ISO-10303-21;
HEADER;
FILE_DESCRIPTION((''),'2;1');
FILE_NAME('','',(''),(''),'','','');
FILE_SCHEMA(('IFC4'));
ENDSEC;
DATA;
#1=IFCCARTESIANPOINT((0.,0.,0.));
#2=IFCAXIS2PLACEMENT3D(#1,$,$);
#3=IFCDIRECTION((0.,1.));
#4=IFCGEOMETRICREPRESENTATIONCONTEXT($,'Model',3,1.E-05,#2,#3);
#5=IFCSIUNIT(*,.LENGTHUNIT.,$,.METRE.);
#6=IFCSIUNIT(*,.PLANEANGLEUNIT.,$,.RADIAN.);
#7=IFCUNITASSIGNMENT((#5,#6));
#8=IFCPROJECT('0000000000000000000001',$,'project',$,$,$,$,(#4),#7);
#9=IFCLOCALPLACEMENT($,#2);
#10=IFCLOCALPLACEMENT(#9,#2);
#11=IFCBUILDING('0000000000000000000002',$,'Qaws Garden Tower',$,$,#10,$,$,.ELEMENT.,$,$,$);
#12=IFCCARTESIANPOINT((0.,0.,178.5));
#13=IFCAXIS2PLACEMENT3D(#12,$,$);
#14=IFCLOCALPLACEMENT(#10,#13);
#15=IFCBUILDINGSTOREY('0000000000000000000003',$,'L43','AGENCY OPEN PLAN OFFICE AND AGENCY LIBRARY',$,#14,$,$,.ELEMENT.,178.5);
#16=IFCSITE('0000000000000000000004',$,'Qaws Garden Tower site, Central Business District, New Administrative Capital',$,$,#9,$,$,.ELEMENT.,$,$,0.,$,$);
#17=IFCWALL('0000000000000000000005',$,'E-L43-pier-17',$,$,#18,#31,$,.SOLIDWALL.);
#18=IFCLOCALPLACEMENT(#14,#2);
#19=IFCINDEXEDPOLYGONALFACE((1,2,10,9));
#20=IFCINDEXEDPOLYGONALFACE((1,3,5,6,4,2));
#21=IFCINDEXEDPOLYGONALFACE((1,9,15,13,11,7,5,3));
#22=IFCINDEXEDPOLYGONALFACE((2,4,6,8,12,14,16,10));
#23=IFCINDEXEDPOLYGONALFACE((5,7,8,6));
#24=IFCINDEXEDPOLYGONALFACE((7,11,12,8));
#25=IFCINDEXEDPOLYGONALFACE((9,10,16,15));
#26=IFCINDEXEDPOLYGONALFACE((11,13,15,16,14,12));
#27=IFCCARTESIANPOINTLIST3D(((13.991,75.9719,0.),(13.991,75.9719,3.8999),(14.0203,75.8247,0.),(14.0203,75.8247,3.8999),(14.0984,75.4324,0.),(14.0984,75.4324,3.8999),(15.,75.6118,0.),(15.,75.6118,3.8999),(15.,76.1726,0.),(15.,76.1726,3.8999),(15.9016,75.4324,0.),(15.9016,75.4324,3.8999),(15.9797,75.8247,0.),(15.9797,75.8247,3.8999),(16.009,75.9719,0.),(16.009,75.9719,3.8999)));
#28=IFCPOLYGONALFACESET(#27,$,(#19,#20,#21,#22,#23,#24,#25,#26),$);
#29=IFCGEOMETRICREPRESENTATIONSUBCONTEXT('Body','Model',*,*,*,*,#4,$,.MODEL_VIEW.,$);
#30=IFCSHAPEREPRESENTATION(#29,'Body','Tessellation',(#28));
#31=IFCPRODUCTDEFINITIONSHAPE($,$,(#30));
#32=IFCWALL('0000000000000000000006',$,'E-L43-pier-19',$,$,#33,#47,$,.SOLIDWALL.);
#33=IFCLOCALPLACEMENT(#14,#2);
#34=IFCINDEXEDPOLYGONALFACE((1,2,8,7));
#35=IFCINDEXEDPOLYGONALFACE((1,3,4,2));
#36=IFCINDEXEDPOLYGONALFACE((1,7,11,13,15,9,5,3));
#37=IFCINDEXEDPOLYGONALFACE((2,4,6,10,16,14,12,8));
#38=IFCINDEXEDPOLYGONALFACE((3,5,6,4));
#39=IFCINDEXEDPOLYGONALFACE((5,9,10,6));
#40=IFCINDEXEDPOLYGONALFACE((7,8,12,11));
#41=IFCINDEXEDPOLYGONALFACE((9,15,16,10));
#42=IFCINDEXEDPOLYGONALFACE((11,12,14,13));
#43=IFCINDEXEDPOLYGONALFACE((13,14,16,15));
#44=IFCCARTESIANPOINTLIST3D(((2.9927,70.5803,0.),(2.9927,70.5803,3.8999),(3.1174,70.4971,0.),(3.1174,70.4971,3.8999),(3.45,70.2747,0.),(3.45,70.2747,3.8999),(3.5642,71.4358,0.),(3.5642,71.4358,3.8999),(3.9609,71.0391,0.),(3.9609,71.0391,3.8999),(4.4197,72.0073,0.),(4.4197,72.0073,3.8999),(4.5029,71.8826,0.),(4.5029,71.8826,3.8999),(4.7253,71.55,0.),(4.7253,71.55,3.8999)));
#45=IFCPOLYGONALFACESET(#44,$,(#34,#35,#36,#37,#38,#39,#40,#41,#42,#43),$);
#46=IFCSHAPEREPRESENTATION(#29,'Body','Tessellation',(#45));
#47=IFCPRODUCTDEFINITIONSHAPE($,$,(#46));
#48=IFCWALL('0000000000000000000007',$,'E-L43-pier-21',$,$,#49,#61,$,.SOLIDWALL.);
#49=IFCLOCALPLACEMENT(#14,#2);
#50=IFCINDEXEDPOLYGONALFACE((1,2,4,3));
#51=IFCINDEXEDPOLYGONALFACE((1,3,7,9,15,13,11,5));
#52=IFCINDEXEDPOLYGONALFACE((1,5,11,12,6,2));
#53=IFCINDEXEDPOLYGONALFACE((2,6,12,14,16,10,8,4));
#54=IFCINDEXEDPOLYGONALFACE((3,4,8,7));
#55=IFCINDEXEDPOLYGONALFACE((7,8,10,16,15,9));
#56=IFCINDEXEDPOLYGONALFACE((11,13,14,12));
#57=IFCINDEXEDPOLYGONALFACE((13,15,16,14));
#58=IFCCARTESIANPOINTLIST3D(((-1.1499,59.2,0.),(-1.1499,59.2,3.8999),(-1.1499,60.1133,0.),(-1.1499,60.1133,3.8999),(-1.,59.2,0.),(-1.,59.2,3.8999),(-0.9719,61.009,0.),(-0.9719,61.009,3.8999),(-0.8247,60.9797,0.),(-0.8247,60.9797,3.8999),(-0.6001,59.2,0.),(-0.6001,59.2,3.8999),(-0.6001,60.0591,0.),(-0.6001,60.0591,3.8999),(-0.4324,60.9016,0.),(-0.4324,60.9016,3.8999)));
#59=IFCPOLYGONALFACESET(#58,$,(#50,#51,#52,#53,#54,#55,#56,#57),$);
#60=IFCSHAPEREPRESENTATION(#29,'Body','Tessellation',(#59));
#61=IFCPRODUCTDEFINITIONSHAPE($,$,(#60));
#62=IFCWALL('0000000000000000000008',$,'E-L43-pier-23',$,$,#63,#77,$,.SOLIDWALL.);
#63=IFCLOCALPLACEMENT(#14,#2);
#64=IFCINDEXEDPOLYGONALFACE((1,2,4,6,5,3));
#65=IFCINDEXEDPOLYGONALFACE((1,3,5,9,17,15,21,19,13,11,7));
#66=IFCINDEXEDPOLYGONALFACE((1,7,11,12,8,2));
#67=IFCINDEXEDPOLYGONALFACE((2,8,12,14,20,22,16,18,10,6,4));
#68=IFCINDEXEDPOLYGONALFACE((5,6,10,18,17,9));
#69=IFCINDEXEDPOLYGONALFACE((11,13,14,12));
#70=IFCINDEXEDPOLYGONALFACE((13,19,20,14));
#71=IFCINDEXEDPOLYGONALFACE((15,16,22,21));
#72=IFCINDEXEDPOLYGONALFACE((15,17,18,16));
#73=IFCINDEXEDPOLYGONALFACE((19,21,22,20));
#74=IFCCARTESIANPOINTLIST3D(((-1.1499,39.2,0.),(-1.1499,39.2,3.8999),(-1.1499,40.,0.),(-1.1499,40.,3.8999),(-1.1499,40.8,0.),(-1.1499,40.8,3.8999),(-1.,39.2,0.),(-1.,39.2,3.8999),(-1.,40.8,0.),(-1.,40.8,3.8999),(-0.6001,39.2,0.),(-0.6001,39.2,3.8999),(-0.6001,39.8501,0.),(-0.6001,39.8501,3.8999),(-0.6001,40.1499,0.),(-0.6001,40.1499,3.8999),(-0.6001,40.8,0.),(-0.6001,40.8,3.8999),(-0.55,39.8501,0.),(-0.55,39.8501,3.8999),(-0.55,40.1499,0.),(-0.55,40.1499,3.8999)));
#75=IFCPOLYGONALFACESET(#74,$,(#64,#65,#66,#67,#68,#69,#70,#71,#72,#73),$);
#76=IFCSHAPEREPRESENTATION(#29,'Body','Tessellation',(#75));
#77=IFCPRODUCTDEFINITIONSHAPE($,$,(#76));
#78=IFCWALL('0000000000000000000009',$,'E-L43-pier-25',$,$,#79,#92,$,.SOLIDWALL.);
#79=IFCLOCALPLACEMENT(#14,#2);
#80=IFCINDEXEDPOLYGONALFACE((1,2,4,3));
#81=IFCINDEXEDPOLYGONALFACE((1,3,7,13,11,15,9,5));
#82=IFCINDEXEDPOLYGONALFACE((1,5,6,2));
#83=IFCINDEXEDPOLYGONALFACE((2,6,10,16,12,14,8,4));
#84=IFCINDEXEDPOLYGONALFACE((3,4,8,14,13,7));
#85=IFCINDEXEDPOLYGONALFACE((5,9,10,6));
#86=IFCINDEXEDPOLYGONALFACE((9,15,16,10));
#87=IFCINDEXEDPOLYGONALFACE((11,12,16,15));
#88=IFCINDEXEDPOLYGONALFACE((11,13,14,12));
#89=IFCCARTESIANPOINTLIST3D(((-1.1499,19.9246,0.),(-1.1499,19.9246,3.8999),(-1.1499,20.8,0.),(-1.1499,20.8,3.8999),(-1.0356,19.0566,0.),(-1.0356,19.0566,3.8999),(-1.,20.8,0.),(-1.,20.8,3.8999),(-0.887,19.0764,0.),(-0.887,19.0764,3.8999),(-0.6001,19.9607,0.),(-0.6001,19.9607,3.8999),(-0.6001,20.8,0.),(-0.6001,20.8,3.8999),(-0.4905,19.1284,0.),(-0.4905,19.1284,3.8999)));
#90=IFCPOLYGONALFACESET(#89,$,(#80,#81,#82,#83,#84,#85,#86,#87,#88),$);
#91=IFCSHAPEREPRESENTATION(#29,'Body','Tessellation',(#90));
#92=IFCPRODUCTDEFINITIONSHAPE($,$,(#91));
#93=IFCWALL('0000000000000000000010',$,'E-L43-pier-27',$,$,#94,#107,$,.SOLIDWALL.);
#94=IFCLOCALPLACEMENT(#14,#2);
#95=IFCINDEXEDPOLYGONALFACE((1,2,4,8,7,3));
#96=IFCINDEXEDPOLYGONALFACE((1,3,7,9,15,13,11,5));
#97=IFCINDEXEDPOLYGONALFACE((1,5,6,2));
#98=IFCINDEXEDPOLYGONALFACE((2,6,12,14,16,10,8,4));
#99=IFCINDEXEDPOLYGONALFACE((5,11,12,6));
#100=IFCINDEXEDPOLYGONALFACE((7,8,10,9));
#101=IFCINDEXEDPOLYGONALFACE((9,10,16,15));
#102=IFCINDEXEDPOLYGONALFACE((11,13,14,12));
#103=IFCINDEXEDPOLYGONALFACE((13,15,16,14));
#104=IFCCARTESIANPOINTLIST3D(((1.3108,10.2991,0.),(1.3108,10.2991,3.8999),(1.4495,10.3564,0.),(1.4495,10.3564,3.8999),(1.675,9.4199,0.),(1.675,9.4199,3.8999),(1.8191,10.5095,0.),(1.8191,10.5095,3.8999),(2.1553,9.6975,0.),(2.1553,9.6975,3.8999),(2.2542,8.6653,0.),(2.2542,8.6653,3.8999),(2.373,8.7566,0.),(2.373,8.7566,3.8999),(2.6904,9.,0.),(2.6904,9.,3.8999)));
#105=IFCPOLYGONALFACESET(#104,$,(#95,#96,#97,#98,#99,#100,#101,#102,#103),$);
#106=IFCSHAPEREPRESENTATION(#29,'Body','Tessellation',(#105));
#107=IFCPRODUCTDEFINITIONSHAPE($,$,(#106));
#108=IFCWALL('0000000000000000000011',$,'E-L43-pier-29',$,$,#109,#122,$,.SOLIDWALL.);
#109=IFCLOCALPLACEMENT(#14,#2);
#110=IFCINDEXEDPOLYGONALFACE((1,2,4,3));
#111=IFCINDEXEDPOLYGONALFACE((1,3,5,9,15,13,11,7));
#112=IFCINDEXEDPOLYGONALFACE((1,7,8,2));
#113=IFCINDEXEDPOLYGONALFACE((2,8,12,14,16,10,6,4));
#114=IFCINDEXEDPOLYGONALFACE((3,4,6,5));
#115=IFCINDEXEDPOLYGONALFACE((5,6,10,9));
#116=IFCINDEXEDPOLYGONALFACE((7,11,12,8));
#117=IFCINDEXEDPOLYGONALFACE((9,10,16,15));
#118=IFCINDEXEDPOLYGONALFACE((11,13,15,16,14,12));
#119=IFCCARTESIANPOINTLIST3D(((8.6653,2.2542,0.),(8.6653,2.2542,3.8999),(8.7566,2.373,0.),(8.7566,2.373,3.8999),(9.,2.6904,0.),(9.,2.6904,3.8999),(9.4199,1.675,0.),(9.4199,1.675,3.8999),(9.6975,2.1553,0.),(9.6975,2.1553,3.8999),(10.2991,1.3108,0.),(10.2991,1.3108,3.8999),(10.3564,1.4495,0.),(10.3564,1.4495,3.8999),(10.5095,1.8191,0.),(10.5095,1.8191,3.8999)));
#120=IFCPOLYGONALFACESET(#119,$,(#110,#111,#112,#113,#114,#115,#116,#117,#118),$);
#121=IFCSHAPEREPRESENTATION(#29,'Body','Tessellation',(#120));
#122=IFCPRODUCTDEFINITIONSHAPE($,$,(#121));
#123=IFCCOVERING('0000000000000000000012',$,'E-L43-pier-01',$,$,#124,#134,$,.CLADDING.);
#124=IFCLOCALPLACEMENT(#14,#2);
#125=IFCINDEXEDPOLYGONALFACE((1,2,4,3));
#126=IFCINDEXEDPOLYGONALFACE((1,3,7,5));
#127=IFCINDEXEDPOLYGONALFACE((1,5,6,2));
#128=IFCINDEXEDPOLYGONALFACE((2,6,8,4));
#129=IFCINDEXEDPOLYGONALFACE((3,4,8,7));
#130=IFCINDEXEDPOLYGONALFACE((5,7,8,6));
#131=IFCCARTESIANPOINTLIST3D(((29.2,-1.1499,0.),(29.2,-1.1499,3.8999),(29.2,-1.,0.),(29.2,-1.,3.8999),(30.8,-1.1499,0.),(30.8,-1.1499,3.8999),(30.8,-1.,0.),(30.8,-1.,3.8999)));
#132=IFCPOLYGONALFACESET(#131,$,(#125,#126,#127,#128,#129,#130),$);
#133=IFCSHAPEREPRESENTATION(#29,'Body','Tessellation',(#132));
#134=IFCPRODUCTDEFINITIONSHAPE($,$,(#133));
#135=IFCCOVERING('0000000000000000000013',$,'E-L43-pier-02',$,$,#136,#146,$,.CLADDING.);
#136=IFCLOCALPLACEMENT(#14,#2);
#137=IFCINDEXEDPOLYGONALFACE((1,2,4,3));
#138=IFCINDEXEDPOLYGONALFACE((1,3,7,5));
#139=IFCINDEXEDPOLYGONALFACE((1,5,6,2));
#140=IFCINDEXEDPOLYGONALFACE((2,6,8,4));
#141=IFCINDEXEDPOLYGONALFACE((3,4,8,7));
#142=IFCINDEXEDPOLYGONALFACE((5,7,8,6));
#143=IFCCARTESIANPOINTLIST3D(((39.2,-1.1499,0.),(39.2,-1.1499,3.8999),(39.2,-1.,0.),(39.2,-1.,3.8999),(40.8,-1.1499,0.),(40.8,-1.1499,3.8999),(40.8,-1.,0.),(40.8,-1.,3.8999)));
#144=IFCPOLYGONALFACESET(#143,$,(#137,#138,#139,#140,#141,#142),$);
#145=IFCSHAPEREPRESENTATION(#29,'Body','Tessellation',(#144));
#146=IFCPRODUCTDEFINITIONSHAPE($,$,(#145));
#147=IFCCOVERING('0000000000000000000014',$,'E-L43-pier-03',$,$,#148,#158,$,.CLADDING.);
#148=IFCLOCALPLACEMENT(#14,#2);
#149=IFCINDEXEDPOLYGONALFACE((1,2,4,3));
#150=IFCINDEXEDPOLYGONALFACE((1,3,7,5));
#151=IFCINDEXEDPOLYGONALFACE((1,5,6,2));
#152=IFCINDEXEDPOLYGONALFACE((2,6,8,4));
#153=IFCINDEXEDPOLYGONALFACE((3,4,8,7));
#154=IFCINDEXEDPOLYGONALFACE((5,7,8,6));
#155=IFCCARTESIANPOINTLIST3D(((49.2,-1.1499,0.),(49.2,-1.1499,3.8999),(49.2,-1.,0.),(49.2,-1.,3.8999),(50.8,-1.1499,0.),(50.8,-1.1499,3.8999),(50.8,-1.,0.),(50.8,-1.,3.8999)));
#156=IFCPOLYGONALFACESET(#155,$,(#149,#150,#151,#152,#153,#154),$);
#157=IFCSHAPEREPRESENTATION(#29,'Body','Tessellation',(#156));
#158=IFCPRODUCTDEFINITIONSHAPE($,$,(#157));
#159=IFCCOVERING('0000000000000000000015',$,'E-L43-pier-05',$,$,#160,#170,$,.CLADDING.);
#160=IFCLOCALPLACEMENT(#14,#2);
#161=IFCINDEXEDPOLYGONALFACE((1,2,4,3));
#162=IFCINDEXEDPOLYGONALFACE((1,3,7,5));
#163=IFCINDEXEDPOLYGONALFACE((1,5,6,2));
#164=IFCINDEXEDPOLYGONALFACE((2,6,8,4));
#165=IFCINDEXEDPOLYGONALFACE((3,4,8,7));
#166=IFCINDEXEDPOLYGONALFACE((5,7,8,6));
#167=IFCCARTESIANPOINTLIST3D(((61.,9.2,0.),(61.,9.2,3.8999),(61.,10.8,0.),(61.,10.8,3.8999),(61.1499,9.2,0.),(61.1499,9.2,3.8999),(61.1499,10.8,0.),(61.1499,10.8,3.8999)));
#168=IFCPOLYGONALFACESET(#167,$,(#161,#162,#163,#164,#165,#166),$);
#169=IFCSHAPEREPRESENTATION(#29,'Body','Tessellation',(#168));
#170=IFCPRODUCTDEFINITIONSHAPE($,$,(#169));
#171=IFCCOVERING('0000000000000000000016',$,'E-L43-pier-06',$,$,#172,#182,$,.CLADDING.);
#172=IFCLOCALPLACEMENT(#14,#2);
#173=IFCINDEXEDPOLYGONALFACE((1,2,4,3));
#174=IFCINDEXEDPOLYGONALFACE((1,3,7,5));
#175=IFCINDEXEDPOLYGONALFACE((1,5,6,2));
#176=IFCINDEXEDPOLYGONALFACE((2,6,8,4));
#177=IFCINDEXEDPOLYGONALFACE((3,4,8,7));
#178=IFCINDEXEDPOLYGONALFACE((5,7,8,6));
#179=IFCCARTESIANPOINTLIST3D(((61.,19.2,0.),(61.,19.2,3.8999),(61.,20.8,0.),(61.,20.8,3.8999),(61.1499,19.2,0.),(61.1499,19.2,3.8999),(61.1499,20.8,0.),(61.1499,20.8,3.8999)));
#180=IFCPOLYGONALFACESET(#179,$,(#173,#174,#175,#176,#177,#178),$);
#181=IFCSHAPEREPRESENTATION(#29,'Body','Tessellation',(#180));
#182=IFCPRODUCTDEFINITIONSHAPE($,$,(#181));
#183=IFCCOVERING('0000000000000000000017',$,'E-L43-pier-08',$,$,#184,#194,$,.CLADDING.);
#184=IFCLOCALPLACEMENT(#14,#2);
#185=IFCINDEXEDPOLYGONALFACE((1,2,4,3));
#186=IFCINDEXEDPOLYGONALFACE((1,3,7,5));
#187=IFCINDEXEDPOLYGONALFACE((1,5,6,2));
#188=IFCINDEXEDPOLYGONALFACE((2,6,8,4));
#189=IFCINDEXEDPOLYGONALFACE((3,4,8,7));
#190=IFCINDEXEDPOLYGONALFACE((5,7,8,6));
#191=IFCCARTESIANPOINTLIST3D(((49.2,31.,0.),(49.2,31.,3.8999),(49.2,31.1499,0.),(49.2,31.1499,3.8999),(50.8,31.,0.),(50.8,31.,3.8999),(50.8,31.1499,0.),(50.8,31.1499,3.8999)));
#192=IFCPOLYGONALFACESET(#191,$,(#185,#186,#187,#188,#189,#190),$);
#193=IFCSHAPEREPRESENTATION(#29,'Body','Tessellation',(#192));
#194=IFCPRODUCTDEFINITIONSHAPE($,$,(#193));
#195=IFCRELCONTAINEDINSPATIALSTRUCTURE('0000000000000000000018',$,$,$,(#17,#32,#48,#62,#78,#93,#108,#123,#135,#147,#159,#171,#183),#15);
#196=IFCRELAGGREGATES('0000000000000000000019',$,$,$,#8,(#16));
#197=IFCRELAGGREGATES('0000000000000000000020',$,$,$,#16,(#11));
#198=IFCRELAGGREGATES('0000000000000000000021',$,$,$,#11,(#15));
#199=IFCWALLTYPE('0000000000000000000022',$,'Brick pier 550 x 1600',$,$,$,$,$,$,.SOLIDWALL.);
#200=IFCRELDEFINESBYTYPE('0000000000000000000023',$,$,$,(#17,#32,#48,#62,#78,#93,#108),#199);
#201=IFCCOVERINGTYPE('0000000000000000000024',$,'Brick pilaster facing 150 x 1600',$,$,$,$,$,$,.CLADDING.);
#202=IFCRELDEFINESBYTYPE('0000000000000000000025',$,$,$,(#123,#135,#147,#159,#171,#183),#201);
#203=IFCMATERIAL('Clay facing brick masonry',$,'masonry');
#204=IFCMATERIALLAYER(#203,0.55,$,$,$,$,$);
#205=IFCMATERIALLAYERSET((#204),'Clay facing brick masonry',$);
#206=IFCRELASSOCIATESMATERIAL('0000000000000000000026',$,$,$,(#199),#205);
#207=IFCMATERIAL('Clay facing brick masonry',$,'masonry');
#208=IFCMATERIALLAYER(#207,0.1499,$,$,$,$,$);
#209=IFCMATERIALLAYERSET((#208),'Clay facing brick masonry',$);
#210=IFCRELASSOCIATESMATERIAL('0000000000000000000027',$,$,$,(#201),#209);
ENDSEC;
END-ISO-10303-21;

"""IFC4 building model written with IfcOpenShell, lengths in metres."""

from ifc_helpers import new_model, si_unit, direction, frame, origin, place, context, subcontext, project, spatial, polyline, outline, extrude, material, layer, layer_set, type_object, element, save


model = new_model("IFC4")

# Units and contexts
model_context = context("Model", 3, precision=1e-05, world=origin(), true_north=direction((0.0, 1.0)))
body_context = subcontext(model_context, "Body", "Model", "MODEL_VIEW")
ifc_project = project(units=[si_unit("LENGTHUNIT", "METRE"), si_unit("PLANEANGLEUNIT", "RADIAN")], contexts=[model_context])

# Site, building, storey
site_placement = place(None, origin())
site = spatial("IfcSite", under=ifc_project, at=site_placement, Name="Qaws Garden Tower site, Central Business District, New Administrative Capital", CompositionType="ELEMENT", RefElevation=0.0)
building_placement = place(site_placement, origin())
building = spatial("IfcBuilding", under=site, at=building_placement, Name="Qaws Garden Tower", CompositionType="ELEMENT")
storey_placement = place(building_placement, frame((0.0, 0.0, 178.5)))
storey = spatial("IfcBuildingStorey", under=building, at=storey_placement, Name="L43", Description="AGENCY OPEN PLAN OFFICE AND AGENCY LIBRARY", CompositionType="ELEMENT", Elevation=178.5)

# Walls
placement = place(storey_placement, origin())
ifc_material_1 = material(Name="Clay facing brick masonry", Category="masonry")
ifc_layer_1 = layer(ifc_material_1, 0.55)
ifc_layer_set_1 = layer_set([ifc_layer_1], Name="Clay facing brick masonry")
wall_type_1 = type_object("IfcWallType", Name="Brick pier 550 x 1600", PredefinedType="SOLIDWALL", material=ifc_layer_set_1)
element("IfcWall", 1, at=placement, inside=storey, type_object=wall_type_1, Name="E-L43-pier-17", PredefinedType="SOLIDWALL", context=body_context, shape_type="SweptSolid", body=[
    extrude(outline(polyline([(15.9797, 75.8247), (16.009, 75.9719), (15.0, 76.1726), (13.991, 75.9719), (14.0203, 75.8247), (14.0984, 75.4324), (15.0, 75.6118), (15.9016, 75.4324), (15.9797, 75.8247)])), origin(), (0.0, 0.0, 1.0), 3.8999),
])
element("IfcWall", 2, at=placement, inside=storey, type_object=wall_type_1, Name="E-L43-pier-19", PredefinedType="SOLIDWALL", context=body_context, shape_type="SweptSolid", body=[
    extrude(outline(polyline([(4.5029, 71.8826), (4.4197, 72.0073), (3.5642, 71.4358), (2.9927, 70.5803), (3.1174, 70.4971), (3.45, 70.2747), (3.9609, 71.0391), (4.7253, 71.55), (4.5029, 71.8826)])), origin(), (0.0, 0.0, 1.0), 3.8999),
])
element("IfcWall", 3, at=placement, inside=storey, type_object=wall_type_1, Name="E-L43-pier-21", PredefinedType="SOLIDWALL", context=body_context, shape_type="SweptSolid", body=[
    extrude(outline(polyline([(-0.8247, 60.9797), (-0.9719, 61.009), (-1.1499, 60.1133), (-1.1499, 59.2), (-1.0, 59.2), (-0.6001, 59.2), (-0.6001, 60.0591), (-0.4324, 60.9016), (-0.8247, 60.9797)])), origin(), (0.0, 0.0, 1.0), 3.8999),
])
element("IfcWall", 4, at=placement, inside=storey, type_object=wall_type_1, Name="E-L43-pier-23", PredefinedType="SOLIDWALL", context=body_context, shape_type="SweptSolid", body=[
    extrude(outline(polyline([(-0.6001, 39.2), (-0.6001, 39.8501), (-0.55, 39.8501), (-0.55, 40.1499), (-0.6001, 40.1499), (-0.6001, 40.8), (-1.0, 40.8), (-1.1499, 40.8), (-1.1499, 40.0), (-1.1499, 39.2), (-1.0, 39.2), (-0.6001, 39.2)])), origin(), (0.0, 0.0, 1.0), 3.8999),
])
element("IfcWall", 5, at=placement, inside=storey, type_object=wall_type_1, Name="E-L43-pier-25", PredefinedType="SOLIDWALL", context=body_context, shape_type="SweptSolid", body=[
    extrude(outline(polyline([(-1.0, 20.8), (-1.1499, 20.8), (-1.1499, 19.9246), (-1.0356, 19.0566), (-0.887, 19.0764), (-0.4905, 19.1284), (-0.6001, 19.9607), (-0.6001, 20.8), (-1.0, 20.8)])), origin(), (0.0, 0.0, 1.0), 3.8999),
])
element("IfcWall", 6, at=placement, inside=storey, type_object=wall_type_1, Name="E-L43-pier-27", PredefinedType="SOLIDWALL", context=body_context, shape_type="SweptSolid", body=[
    extrude(outline(polyline([(1.4495, 10.3564), (1.3108, 10.2991), (1.675, 9.4199), (2.2542, 8.6653), (2.373, 8.7566), (2.6904, 9.0), (2.1553, 9.6975), (1.8191, 10.5095), (1.4495, 10.3564)])), origin(), (0.0, 0.0, 1.0), 3.8999),
])
element("IfcWall", 7, at=placement, inside=storey, type_object=wall_type_1, Name="E-L43-pier-29", PredefinedType="SOLIDWALL", context=body_context, shape_type="SweptSolid", body=[
    extrude(outline(polyline([(8.7566, 2.373), (8.6653, 2.2542), (9.4199, 1.675), (10.2991, 1.3108), (10.3564, 1.4495), (10.5095, 1.8191), (9.6975, 2.1553), (9.0, 2.6904), (8.7566, 2.373)])), origin(), (0.0, 0.0, 1.0), 3.8999),
])

# Coverings
ifc_material_2 = material(Name="Clay facing brick masonry", Category="masonry")
ifc_layer_2 = layer(ifc_material_2, 0.1499)
ifc_layer_set_2 = layer_set([ifc_layer_2], Name="Clay facing brick masonry")
covering_type = type_object("IfcCoveringType", Name="Brick pilaster facing 150 x 1600", PredefinedType="CLADDING", material=ifc_layer_set_2)
element("IfcCovering", 8, at=placement, inside=storey, type_object=covering_type, Name="E-L43-pier-01", PredefinedType="CLADDING", context=body_context, shape_type="SweptSolid", body=[
    extrude(outline(polyline([(29.2, -1.0), (30.8, -1.0), (30.8, -1.1499), (29.2, -1.1499), (29.2, -1.0)])), origin(), (0.0, 0.0, 1.0), 3.8999),
])
element("IfcCovering", 9, at=placement, inside=storey, type_object=covering_type, Name="E-L43-pier-02", PredefinedType="CLADDING", context=body_context, shape_type="SweptSolid", body=[
    extrude(outline(polyline([(39.2, -1.0), (40.8, -1.0), (40.8, -1.1499), (39.2, -1.1499), (39.2, -1.0)])), origin(), (0.0, 0.0, 1.0), 3.8999),
])
element("IfcCovering", 10, at=placement, inside=storey, type_object=covering_type, Name="E-L43-pier-03", PredefinedType="CLADDING", context=body_context, shape_type="SweptSolid", body=[
    extrude(outline(polyline([(49.2, -1.0), (50.8, -1.0), (50.8, -1.1499), (49.2, -1.1499), (49.2, -1.0)])), origin(), (0.0, 0.0, 1.0), 3.8999),
])
element("IfcCovering", 11, at=placement, inside=storey, type_object=covering_type, Name="E-L43-pier-05", PredefinedType="CLADDING", context=body_context, shape_type="SweptSolid", body=[
    extrude(outline(polyline([(61.0, 9.2), (61.0, 10.8), (61.1499, 10.8), (61.1499, 9.2), (61.0, 9.2)])), origin(), (0.0, 0.0, 1.0), 3.8999),
])
element("IfcCovering", 12, at=placement, inside=storey, type_object=covering_type, Name="E-L43-pier-06", PredefinedType="CLADDING", context=body_context, shape_type="SweptSolid", body=[
    extrude(outline(polyline([(61.0, 19.2), (61.0, 20.8), (61.1499, 20.8), (61.1499, 19.2), (61.0, 19.2)])), origin(), (0.0, 0.0, 1.0), 3.8999),
])
element("IfcCovering", 13, at=placement, inside=storey, type_object=covering_type, Name="E-L43-pier-08", PredefinedType="CLADDING", context=body_context, shape_type="SweptSolid", body=[
    extrude(outline(polyline([(50.8, 31.0), (49.2, 31.0), (49.2, 31.1499), (50.8, 31.1499), (50.8, 31.0)])), origin(), (0.0, 0.0, 1.0), 3.8999),
])

save(model, "model.ifc")
